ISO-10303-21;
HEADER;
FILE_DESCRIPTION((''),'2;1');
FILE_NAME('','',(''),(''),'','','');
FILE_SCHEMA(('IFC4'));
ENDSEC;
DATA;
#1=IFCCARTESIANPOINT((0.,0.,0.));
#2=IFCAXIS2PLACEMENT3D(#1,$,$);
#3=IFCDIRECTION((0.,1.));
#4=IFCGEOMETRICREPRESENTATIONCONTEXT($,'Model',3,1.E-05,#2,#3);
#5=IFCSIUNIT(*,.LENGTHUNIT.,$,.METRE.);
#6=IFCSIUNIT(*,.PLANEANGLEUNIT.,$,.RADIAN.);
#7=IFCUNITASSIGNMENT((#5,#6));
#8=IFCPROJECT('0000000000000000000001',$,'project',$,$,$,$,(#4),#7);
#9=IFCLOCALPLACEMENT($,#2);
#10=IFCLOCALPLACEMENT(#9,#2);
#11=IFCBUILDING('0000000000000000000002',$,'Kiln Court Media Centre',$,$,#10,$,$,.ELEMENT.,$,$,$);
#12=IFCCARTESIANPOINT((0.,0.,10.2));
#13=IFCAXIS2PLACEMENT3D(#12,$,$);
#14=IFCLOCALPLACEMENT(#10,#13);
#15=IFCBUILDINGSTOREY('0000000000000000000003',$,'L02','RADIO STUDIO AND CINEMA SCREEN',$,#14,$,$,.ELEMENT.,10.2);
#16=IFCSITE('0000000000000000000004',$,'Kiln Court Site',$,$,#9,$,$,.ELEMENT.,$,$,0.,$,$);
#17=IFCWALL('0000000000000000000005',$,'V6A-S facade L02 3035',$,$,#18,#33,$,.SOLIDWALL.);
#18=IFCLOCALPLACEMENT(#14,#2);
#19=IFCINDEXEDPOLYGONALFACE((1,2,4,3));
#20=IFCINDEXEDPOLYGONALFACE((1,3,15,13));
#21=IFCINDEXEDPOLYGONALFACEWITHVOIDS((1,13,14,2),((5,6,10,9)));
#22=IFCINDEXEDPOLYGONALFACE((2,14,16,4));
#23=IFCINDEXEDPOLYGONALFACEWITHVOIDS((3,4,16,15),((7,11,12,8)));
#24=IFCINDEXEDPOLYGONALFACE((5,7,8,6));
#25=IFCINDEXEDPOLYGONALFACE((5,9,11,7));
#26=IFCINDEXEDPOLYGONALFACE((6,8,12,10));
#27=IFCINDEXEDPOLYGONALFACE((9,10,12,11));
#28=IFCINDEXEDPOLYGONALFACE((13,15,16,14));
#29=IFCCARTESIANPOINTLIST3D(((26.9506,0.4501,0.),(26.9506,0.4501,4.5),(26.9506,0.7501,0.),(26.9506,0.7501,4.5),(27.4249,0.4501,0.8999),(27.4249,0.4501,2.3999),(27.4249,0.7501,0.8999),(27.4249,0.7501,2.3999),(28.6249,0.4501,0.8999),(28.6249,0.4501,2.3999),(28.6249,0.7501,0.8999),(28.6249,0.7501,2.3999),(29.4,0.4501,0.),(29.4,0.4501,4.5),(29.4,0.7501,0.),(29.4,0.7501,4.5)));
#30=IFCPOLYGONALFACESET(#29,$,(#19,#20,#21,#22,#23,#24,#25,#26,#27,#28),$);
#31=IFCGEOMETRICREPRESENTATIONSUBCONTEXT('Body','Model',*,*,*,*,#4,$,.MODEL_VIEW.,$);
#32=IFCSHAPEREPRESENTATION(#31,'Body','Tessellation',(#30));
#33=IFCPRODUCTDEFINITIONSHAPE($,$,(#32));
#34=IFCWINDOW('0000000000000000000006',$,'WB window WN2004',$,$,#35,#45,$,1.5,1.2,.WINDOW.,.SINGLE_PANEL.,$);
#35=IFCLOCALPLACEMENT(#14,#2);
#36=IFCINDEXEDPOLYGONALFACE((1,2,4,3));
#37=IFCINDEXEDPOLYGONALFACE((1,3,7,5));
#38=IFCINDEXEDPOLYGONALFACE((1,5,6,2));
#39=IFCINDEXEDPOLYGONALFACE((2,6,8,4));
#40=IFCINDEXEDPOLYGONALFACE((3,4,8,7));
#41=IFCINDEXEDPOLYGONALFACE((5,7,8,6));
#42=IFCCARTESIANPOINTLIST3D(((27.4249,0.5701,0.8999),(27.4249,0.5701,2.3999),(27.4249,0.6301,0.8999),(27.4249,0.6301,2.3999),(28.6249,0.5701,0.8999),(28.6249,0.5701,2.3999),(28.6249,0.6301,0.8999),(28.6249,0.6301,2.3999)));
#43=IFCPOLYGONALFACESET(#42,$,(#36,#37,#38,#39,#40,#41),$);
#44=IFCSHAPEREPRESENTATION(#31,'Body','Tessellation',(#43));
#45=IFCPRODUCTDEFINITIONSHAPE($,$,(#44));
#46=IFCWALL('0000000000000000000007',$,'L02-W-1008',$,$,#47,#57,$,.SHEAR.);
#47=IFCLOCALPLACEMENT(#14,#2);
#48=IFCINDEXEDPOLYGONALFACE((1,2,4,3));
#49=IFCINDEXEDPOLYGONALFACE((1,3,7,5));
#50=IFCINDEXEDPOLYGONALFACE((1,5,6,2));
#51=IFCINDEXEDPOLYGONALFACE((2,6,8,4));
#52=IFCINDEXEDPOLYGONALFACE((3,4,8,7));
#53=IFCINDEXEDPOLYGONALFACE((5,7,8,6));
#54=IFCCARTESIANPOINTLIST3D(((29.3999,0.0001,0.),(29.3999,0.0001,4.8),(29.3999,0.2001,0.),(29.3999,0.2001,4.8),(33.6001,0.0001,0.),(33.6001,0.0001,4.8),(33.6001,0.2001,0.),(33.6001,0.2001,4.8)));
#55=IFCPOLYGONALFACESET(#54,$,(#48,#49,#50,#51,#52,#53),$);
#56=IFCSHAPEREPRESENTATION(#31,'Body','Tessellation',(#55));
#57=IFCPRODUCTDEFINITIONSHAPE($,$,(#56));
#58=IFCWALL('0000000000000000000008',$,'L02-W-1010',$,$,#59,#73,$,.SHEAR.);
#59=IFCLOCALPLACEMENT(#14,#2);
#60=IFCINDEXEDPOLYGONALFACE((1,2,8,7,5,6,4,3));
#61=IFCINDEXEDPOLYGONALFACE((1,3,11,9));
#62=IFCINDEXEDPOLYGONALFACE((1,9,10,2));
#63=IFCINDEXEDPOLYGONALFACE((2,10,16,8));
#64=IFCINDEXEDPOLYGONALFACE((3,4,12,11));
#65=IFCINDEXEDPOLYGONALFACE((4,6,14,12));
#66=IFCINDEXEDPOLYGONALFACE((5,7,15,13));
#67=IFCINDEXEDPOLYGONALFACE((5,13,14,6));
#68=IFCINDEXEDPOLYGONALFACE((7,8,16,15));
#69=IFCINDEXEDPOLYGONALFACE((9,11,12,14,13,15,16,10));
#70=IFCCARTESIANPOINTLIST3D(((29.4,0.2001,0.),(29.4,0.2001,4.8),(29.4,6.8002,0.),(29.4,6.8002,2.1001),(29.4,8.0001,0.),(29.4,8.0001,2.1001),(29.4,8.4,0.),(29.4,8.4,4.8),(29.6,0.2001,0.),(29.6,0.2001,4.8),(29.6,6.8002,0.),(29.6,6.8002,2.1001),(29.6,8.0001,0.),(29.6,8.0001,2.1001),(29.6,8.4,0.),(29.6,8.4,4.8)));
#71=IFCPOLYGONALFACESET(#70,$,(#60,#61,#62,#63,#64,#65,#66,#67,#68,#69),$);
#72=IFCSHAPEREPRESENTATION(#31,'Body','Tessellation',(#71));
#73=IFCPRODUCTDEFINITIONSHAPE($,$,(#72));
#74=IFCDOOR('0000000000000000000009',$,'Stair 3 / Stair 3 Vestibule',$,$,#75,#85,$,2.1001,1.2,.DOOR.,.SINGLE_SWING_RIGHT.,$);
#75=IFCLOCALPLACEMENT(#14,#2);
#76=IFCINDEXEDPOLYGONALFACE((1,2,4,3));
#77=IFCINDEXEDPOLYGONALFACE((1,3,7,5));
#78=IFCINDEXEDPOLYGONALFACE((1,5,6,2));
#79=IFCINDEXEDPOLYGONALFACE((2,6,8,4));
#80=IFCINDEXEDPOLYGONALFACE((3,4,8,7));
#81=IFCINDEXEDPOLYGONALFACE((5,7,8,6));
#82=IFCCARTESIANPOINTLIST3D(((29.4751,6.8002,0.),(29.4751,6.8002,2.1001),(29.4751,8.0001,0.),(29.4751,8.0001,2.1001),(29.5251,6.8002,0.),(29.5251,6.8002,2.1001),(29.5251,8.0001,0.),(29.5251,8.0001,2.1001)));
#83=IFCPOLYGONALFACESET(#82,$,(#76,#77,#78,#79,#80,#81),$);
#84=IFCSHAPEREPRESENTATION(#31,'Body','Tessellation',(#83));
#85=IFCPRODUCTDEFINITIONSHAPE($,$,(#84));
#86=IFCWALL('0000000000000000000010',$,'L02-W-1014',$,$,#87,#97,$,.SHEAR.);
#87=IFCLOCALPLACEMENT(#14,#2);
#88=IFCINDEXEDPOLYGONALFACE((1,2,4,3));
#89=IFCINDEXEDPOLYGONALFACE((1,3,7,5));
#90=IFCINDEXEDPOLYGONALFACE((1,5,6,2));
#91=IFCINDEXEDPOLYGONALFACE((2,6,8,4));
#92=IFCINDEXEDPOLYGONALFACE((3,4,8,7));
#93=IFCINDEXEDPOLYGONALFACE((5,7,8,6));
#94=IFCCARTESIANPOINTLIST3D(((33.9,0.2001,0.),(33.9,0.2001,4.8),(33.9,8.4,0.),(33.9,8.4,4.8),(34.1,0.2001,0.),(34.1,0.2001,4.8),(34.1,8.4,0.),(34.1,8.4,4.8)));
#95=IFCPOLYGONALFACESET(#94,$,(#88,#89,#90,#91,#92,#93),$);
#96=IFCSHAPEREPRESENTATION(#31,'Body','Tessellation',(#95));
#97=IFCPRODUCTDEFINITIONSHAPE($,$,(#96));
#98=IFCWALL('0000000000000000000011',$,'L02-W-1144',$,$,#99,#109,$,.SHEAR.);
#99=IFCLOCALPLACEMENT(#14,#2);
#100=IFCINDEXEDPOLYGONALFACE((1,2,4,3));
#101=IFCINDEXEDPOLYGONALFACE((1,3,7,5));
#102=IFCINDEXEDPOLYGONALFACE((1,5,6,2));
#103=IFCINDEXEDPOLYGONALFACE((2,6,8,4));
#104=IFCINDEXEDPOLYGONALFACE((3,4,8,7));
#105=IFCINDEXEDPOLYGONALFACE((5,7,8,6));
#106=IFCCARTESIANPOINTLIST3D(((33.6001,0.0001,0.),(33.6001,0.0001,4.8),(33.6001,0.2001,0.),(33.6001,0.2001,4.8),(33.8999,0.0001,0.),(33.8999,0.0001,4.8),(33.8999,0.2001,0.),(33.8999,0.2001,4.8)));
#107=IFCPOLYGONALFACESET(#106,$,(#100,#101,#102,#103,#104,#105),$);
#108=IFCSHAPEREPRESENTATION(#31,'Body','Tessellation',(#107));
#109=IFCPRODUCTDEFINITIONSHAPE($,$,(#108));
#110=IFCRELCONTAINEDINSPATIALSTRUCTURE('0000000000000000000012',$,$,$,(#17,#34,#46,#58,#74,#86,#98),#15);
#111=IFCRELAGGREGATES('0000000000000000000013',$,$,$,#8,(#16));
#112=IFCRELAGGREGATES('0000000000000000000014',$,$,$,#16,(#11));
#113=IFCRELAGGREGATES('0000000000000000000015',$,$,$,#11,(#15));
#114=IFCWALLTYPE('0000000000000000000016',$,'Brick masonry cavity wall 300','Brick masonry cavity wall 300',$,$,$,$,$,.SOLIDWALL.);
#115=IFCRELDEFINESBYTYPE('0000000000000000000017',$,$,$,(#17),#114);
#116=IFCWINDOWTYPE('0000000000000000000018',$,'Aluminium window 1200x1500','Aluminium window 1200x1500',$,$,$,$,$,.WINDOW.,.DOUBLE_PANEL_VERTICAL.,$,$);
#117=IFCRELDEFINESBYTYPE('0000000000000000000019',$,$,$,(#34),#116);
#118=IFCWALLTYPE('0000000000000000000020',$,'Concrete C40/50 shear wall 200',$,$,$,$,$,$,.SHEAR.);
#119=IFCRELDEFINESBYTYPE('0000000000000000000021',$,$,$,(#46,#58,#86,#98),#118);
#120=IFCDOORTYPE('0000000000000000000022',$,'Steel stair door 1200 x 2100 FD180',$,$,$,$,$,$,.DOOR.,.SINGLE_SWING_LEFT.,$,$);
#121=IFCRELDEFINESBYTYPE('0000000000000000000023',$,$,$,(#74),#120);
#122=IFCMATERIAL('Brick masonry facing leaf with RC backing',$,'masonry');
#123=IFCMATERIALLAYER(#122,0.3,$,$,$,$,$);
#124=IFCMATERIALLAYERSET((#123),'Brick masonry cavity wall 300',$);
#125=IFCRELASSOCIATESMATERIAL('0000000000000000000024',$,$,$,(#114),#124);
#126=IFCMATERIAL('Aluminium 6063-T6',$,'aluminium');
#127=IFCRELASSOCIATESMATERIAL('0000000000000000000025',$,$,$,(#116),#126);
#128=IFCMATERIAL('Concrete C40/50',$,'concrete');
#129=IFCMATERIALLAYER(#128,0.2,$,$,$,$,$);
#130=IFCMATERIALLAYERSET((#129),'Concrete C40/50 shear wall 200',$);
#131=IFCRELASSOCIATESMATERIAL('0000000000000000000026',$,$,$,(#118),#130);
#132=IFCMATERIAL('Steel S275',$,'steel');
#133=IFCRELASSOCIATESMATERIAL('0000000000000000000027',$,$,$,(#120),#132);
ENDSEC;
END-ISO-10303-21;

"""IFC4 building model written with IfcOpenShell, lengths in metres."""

from ifc_helpers import new_model, si_unit, direction, frame, frame_2d, origin, place, context, subcontext, project, spatial, rectangle, extrude, material, layer, layer_set, type_object, element, fill, save


model = new_model("IFC4")

# Units and contexts
model_context = context("Model", 3, precision=1e-05, world=origin(), true_north=direction((0.0, 1.0)))
body_context = subcontext(model_context, "Body", "Model", "MODEL_VIEW")
ifc_project = project(units=[si_unit("LENGTHUNIT", "METRE"), si_unit("PLANEANGLEUNIT", "RADIAN")], contexts=[model_context])

# Site, building, storey
site_placement = place(None, origin())
site = spatial("IfcSite", under=ifc_project, at=site_placement, Name="Kiln Court Site", CompositionType="ELEMENT", RefElevation=0.0)
building_placement = place(site_placement, origin())
building = spatial("IfcBuilding", under=site, at=building_placement, Name="Kiln Court Media Centre", CompositionType="ELEMENT")
storey_placement = place(building_placement, frame((0.0, 0.0, 10.2)))
storey = spatial("IfcBuildingStorey", under=building, at=storey_placement, Name="L02", Description="RADIO STUDIO AND CINEMA SCREEN", CompositionType="ELEMENT", Elevation=10.2)

# Wall, opening, window
ifc_material_1 = material(Name="Brick masonry facing leaf with RC backing", Category="masonry")
ifc_layer_1 = layer(ifc_material_1, 0.3)
ifc_layer_set_1 = layer_set([ifc_layer_1], Name="Brick masonry cavity wall 300")
wall_type_1 = type_object("IfcWallType", Name="Brick masonry cavity wall 300", Description="Brick masonry cavity wall 300", PredefinedType="SOLIDWALL", material=ifc_layer_set_1)
wall_1_placement = place(storey_placement, frame((29.3999, 0.6001, 0.0), z_axis=(0.0, 0.0, 1.0), x_axis=(-1.0, 0.0, 0.0)))
wall_1 = element("IfcWall", 1, at=wall_1_placement, inside=storey, type_object=wall_type_1, Name="V6A-S facade L02 3035", PredefinedType="SOLIDWALL", context=body_context, shape_type="SweptSolid", body=[
    extrude(rectangle(XDim=2.4495, YDim=0.3, at=frame_2d((1.2246, 0.0))), origin(), (0.0, 0.0, 1.0), 4.5),
])
opening_1_placement = place(wall_1_placement, frame((0.7749, 0.0, 0.8999)))
opening_1 = element("IfcOpeningElement", 2, at=opening_1_placement, cuts=wall_1, PredefinedType="OPENING", context=body_context, shape_type="SweptSolid", body=[
    extrude(rectangle(XDim=1.2, YDim=1.5, at=frame_2d((0.6001, 0.75))), frame((0.0, 0.1599, 0.0), z_axis=(0.0, -1.0, 0.0), x_axis=(1.0, 0.0, 0.0)), (0.0, 0.0, 1.0), 0.3201),
])
ifc_material_2 = material(Name="Aluminium 6063-T6", Category="aluminium")
window_type = type_object("IfcWindowType", Name="Aluminium window 1200x1500", Description="Aluminium window 1200x1500", PartitioningType="DOUBLE_PANEL_VERTICAL", PredefinedType="WINDOW", material=ifc_material_2)
window_placement = place(opening_1_placement, origin())
window = element("IfcWindow", 3, at=window_placement, inside=storey, type_object=window_type, Name="WB window WN2004", OverallHeight=1.5, OverallWidth=1.2, PartitioningType="SINGLE_PANEL", PredefinedType="WINDOW", context=body_context, shape_type="SweptSolid", body=[
    extrude(rectangle(XDim=1.2, YDim=1.5, at=frame_2d((0.6001, 0.75))), frame((0.0, 0.03, 0.0), z_axis=(0.0, -1.0, 0.0), x_axis=(1.0, 0.0, 0.0)), (0.0, 0.0, 1.0), 0.0601),
])
fill(opening_1, window)

# Wall
ifc_material_3 = material(Name="Concrete C40/50", Category="concrete")
ifc_layer_2 = layer(ifc_material_3, 0.2)
ifc_layer_set_2 = layer_set([ifc_layer_2], Name="Concrete C40/50 shear wall 200")
wall_type_2 = type_object("IfcWallType", Name="Concrete C40/50 shear wall 200", PredefinedType="SHEAR", material=ifc_layer_set_2)
wall_2_placement = place(storey_placement, frame((33.6001, 0.1001, 0.0), z_axis=(0.0, 0.0, 1.0), x_axis=(-1.0, 0.0, 0.0)))
element("IfcWall", 4, at=wall_2_placement, inside=storey, type_object=wall_type_2, Name="L02-W-1008", PredefinedType="SHEAR", context=body_context, shape_type="SweptSolid", body=[
    extrude(rectangle(XDim=4.2002, YDim=0.2, at=frame_2d((2.1001, 0.0))), origin(), (0.0, 0.0, 1.0), 4.8),
])

# Wall, opening, door
wall_3_placement = place(storey_placement, frame((29.5, 0.2, 0.0), z_axis=(0.0, 0.0, 1.0), x_axis=(0.0, 1.0, 0.0)))
wall_3 = element("IfcWall", 5, at=wall_3_placement, inside=storey, type_object=wall_type_2, Name="L02-W-1010", PredefinedType="SHEAR", context=body_context, shape_type="SweptSolid", body=[
    extrude(rectangle(XDim=8.2, YDim=0.2, at=frame_2d((4.1001, 0.0))), origin(), (0.0, 0.0, 1.0), 4.8),
])
opening_2_placement = place(wall_3_placement, frame((6.6001, 0.0, 0.0)))
opening_2 = element("IfcOpeningElement", 6, at=opening_2_placement, cuts=wall_3, PredefinedType="OPENING", context=body_context, shape_type="SweptSolid", body=[
    extrude(rectangle(XDim=1.2, YDim=2.1001, at=frame_2d((0.6001, 1.05))), frame((0.0, 0.1099, 0.0), z_axis=(0.0, -1.0, 0.0), x_axis=(1.0, 0.0, 0.0)), (0.0, 0.0, 1.0), 0.22),
])
ifc_material_4 = material(Name="Steel S275", Category="steel")
door_type = type_object("IfcDoorType", Name="Steel stair door 1200 x 2100 FD180", OperationType="SINGLE_SWING_LEFT", PredefinedType="DOOR", material=ifc_material_4)
door_placement = place(opening_2_placement, origin())
door = element("IfcDoor", 7, at=door_placement, inside=storey, type_object=door_type, Name="Stair 3 / Stair 3 Vestibule", OperationType="SINGLE_SWING_RIGHT", OverallHeight=2.1001, OverallWidth=1.2, PredefinedType="DOOR", context=body_context, shape_type="SweptSolid", body=[
    extrude(rectangle(XDim=1.2, YDim=2.1001, at=frame_2d((0.6001, 1.05))), frame((0.0, 0.0249, 0.0), z_axis=(0.0, -1.0, 0.0), x_axis=(1.0, 0.0, 0.0)), (0.0, 0.0, 1.0), 0.05),
])
fill(opening_2, door)

# Walls
wall_4_placement = place(storey_placement, frame((34.0, 0.2, 0.0), z_axis=(0.0, 0.0, 1.0), x_axis=(0.0, 1.0, 0.0)))
element("IfcWall", 8, at=wall_4_placement, inside=storey, type_object=wall_type_2, Name="L02-W-1014", PredefinedType="SHEAR", context=body_context, shape_type="SweptSolid", body=[
    extrude(rectangle(XDim=8.2, YDim=0.2, at=frame_2d((4.1001, 0.0))), origin(), (0.0, 0.0, 1.0), 4.8),
])
wall_5_placement = place(storey_placement, frame((33.8999, 0.1001, 0.0), z_axis=(0.0, 0.0, 1.0), x_axis=(-1.0, 0.0, 0.0)))
element("IfcWall", 9, at=wall_5_placement, inside=storey, type_object=wall_type_2, Name="L02-W-1144", PredefinedType="SHEAR", context=body_context, shape_type="SweptSolid", body=[
    extrude(rectangle(XDim=0.2998, YDim=0.2, at=frame_2d((0.1499, 0.0))), origin(), (0.0, 0.0, 1.0), 4.8),
])

save(model, "model.ifc")
